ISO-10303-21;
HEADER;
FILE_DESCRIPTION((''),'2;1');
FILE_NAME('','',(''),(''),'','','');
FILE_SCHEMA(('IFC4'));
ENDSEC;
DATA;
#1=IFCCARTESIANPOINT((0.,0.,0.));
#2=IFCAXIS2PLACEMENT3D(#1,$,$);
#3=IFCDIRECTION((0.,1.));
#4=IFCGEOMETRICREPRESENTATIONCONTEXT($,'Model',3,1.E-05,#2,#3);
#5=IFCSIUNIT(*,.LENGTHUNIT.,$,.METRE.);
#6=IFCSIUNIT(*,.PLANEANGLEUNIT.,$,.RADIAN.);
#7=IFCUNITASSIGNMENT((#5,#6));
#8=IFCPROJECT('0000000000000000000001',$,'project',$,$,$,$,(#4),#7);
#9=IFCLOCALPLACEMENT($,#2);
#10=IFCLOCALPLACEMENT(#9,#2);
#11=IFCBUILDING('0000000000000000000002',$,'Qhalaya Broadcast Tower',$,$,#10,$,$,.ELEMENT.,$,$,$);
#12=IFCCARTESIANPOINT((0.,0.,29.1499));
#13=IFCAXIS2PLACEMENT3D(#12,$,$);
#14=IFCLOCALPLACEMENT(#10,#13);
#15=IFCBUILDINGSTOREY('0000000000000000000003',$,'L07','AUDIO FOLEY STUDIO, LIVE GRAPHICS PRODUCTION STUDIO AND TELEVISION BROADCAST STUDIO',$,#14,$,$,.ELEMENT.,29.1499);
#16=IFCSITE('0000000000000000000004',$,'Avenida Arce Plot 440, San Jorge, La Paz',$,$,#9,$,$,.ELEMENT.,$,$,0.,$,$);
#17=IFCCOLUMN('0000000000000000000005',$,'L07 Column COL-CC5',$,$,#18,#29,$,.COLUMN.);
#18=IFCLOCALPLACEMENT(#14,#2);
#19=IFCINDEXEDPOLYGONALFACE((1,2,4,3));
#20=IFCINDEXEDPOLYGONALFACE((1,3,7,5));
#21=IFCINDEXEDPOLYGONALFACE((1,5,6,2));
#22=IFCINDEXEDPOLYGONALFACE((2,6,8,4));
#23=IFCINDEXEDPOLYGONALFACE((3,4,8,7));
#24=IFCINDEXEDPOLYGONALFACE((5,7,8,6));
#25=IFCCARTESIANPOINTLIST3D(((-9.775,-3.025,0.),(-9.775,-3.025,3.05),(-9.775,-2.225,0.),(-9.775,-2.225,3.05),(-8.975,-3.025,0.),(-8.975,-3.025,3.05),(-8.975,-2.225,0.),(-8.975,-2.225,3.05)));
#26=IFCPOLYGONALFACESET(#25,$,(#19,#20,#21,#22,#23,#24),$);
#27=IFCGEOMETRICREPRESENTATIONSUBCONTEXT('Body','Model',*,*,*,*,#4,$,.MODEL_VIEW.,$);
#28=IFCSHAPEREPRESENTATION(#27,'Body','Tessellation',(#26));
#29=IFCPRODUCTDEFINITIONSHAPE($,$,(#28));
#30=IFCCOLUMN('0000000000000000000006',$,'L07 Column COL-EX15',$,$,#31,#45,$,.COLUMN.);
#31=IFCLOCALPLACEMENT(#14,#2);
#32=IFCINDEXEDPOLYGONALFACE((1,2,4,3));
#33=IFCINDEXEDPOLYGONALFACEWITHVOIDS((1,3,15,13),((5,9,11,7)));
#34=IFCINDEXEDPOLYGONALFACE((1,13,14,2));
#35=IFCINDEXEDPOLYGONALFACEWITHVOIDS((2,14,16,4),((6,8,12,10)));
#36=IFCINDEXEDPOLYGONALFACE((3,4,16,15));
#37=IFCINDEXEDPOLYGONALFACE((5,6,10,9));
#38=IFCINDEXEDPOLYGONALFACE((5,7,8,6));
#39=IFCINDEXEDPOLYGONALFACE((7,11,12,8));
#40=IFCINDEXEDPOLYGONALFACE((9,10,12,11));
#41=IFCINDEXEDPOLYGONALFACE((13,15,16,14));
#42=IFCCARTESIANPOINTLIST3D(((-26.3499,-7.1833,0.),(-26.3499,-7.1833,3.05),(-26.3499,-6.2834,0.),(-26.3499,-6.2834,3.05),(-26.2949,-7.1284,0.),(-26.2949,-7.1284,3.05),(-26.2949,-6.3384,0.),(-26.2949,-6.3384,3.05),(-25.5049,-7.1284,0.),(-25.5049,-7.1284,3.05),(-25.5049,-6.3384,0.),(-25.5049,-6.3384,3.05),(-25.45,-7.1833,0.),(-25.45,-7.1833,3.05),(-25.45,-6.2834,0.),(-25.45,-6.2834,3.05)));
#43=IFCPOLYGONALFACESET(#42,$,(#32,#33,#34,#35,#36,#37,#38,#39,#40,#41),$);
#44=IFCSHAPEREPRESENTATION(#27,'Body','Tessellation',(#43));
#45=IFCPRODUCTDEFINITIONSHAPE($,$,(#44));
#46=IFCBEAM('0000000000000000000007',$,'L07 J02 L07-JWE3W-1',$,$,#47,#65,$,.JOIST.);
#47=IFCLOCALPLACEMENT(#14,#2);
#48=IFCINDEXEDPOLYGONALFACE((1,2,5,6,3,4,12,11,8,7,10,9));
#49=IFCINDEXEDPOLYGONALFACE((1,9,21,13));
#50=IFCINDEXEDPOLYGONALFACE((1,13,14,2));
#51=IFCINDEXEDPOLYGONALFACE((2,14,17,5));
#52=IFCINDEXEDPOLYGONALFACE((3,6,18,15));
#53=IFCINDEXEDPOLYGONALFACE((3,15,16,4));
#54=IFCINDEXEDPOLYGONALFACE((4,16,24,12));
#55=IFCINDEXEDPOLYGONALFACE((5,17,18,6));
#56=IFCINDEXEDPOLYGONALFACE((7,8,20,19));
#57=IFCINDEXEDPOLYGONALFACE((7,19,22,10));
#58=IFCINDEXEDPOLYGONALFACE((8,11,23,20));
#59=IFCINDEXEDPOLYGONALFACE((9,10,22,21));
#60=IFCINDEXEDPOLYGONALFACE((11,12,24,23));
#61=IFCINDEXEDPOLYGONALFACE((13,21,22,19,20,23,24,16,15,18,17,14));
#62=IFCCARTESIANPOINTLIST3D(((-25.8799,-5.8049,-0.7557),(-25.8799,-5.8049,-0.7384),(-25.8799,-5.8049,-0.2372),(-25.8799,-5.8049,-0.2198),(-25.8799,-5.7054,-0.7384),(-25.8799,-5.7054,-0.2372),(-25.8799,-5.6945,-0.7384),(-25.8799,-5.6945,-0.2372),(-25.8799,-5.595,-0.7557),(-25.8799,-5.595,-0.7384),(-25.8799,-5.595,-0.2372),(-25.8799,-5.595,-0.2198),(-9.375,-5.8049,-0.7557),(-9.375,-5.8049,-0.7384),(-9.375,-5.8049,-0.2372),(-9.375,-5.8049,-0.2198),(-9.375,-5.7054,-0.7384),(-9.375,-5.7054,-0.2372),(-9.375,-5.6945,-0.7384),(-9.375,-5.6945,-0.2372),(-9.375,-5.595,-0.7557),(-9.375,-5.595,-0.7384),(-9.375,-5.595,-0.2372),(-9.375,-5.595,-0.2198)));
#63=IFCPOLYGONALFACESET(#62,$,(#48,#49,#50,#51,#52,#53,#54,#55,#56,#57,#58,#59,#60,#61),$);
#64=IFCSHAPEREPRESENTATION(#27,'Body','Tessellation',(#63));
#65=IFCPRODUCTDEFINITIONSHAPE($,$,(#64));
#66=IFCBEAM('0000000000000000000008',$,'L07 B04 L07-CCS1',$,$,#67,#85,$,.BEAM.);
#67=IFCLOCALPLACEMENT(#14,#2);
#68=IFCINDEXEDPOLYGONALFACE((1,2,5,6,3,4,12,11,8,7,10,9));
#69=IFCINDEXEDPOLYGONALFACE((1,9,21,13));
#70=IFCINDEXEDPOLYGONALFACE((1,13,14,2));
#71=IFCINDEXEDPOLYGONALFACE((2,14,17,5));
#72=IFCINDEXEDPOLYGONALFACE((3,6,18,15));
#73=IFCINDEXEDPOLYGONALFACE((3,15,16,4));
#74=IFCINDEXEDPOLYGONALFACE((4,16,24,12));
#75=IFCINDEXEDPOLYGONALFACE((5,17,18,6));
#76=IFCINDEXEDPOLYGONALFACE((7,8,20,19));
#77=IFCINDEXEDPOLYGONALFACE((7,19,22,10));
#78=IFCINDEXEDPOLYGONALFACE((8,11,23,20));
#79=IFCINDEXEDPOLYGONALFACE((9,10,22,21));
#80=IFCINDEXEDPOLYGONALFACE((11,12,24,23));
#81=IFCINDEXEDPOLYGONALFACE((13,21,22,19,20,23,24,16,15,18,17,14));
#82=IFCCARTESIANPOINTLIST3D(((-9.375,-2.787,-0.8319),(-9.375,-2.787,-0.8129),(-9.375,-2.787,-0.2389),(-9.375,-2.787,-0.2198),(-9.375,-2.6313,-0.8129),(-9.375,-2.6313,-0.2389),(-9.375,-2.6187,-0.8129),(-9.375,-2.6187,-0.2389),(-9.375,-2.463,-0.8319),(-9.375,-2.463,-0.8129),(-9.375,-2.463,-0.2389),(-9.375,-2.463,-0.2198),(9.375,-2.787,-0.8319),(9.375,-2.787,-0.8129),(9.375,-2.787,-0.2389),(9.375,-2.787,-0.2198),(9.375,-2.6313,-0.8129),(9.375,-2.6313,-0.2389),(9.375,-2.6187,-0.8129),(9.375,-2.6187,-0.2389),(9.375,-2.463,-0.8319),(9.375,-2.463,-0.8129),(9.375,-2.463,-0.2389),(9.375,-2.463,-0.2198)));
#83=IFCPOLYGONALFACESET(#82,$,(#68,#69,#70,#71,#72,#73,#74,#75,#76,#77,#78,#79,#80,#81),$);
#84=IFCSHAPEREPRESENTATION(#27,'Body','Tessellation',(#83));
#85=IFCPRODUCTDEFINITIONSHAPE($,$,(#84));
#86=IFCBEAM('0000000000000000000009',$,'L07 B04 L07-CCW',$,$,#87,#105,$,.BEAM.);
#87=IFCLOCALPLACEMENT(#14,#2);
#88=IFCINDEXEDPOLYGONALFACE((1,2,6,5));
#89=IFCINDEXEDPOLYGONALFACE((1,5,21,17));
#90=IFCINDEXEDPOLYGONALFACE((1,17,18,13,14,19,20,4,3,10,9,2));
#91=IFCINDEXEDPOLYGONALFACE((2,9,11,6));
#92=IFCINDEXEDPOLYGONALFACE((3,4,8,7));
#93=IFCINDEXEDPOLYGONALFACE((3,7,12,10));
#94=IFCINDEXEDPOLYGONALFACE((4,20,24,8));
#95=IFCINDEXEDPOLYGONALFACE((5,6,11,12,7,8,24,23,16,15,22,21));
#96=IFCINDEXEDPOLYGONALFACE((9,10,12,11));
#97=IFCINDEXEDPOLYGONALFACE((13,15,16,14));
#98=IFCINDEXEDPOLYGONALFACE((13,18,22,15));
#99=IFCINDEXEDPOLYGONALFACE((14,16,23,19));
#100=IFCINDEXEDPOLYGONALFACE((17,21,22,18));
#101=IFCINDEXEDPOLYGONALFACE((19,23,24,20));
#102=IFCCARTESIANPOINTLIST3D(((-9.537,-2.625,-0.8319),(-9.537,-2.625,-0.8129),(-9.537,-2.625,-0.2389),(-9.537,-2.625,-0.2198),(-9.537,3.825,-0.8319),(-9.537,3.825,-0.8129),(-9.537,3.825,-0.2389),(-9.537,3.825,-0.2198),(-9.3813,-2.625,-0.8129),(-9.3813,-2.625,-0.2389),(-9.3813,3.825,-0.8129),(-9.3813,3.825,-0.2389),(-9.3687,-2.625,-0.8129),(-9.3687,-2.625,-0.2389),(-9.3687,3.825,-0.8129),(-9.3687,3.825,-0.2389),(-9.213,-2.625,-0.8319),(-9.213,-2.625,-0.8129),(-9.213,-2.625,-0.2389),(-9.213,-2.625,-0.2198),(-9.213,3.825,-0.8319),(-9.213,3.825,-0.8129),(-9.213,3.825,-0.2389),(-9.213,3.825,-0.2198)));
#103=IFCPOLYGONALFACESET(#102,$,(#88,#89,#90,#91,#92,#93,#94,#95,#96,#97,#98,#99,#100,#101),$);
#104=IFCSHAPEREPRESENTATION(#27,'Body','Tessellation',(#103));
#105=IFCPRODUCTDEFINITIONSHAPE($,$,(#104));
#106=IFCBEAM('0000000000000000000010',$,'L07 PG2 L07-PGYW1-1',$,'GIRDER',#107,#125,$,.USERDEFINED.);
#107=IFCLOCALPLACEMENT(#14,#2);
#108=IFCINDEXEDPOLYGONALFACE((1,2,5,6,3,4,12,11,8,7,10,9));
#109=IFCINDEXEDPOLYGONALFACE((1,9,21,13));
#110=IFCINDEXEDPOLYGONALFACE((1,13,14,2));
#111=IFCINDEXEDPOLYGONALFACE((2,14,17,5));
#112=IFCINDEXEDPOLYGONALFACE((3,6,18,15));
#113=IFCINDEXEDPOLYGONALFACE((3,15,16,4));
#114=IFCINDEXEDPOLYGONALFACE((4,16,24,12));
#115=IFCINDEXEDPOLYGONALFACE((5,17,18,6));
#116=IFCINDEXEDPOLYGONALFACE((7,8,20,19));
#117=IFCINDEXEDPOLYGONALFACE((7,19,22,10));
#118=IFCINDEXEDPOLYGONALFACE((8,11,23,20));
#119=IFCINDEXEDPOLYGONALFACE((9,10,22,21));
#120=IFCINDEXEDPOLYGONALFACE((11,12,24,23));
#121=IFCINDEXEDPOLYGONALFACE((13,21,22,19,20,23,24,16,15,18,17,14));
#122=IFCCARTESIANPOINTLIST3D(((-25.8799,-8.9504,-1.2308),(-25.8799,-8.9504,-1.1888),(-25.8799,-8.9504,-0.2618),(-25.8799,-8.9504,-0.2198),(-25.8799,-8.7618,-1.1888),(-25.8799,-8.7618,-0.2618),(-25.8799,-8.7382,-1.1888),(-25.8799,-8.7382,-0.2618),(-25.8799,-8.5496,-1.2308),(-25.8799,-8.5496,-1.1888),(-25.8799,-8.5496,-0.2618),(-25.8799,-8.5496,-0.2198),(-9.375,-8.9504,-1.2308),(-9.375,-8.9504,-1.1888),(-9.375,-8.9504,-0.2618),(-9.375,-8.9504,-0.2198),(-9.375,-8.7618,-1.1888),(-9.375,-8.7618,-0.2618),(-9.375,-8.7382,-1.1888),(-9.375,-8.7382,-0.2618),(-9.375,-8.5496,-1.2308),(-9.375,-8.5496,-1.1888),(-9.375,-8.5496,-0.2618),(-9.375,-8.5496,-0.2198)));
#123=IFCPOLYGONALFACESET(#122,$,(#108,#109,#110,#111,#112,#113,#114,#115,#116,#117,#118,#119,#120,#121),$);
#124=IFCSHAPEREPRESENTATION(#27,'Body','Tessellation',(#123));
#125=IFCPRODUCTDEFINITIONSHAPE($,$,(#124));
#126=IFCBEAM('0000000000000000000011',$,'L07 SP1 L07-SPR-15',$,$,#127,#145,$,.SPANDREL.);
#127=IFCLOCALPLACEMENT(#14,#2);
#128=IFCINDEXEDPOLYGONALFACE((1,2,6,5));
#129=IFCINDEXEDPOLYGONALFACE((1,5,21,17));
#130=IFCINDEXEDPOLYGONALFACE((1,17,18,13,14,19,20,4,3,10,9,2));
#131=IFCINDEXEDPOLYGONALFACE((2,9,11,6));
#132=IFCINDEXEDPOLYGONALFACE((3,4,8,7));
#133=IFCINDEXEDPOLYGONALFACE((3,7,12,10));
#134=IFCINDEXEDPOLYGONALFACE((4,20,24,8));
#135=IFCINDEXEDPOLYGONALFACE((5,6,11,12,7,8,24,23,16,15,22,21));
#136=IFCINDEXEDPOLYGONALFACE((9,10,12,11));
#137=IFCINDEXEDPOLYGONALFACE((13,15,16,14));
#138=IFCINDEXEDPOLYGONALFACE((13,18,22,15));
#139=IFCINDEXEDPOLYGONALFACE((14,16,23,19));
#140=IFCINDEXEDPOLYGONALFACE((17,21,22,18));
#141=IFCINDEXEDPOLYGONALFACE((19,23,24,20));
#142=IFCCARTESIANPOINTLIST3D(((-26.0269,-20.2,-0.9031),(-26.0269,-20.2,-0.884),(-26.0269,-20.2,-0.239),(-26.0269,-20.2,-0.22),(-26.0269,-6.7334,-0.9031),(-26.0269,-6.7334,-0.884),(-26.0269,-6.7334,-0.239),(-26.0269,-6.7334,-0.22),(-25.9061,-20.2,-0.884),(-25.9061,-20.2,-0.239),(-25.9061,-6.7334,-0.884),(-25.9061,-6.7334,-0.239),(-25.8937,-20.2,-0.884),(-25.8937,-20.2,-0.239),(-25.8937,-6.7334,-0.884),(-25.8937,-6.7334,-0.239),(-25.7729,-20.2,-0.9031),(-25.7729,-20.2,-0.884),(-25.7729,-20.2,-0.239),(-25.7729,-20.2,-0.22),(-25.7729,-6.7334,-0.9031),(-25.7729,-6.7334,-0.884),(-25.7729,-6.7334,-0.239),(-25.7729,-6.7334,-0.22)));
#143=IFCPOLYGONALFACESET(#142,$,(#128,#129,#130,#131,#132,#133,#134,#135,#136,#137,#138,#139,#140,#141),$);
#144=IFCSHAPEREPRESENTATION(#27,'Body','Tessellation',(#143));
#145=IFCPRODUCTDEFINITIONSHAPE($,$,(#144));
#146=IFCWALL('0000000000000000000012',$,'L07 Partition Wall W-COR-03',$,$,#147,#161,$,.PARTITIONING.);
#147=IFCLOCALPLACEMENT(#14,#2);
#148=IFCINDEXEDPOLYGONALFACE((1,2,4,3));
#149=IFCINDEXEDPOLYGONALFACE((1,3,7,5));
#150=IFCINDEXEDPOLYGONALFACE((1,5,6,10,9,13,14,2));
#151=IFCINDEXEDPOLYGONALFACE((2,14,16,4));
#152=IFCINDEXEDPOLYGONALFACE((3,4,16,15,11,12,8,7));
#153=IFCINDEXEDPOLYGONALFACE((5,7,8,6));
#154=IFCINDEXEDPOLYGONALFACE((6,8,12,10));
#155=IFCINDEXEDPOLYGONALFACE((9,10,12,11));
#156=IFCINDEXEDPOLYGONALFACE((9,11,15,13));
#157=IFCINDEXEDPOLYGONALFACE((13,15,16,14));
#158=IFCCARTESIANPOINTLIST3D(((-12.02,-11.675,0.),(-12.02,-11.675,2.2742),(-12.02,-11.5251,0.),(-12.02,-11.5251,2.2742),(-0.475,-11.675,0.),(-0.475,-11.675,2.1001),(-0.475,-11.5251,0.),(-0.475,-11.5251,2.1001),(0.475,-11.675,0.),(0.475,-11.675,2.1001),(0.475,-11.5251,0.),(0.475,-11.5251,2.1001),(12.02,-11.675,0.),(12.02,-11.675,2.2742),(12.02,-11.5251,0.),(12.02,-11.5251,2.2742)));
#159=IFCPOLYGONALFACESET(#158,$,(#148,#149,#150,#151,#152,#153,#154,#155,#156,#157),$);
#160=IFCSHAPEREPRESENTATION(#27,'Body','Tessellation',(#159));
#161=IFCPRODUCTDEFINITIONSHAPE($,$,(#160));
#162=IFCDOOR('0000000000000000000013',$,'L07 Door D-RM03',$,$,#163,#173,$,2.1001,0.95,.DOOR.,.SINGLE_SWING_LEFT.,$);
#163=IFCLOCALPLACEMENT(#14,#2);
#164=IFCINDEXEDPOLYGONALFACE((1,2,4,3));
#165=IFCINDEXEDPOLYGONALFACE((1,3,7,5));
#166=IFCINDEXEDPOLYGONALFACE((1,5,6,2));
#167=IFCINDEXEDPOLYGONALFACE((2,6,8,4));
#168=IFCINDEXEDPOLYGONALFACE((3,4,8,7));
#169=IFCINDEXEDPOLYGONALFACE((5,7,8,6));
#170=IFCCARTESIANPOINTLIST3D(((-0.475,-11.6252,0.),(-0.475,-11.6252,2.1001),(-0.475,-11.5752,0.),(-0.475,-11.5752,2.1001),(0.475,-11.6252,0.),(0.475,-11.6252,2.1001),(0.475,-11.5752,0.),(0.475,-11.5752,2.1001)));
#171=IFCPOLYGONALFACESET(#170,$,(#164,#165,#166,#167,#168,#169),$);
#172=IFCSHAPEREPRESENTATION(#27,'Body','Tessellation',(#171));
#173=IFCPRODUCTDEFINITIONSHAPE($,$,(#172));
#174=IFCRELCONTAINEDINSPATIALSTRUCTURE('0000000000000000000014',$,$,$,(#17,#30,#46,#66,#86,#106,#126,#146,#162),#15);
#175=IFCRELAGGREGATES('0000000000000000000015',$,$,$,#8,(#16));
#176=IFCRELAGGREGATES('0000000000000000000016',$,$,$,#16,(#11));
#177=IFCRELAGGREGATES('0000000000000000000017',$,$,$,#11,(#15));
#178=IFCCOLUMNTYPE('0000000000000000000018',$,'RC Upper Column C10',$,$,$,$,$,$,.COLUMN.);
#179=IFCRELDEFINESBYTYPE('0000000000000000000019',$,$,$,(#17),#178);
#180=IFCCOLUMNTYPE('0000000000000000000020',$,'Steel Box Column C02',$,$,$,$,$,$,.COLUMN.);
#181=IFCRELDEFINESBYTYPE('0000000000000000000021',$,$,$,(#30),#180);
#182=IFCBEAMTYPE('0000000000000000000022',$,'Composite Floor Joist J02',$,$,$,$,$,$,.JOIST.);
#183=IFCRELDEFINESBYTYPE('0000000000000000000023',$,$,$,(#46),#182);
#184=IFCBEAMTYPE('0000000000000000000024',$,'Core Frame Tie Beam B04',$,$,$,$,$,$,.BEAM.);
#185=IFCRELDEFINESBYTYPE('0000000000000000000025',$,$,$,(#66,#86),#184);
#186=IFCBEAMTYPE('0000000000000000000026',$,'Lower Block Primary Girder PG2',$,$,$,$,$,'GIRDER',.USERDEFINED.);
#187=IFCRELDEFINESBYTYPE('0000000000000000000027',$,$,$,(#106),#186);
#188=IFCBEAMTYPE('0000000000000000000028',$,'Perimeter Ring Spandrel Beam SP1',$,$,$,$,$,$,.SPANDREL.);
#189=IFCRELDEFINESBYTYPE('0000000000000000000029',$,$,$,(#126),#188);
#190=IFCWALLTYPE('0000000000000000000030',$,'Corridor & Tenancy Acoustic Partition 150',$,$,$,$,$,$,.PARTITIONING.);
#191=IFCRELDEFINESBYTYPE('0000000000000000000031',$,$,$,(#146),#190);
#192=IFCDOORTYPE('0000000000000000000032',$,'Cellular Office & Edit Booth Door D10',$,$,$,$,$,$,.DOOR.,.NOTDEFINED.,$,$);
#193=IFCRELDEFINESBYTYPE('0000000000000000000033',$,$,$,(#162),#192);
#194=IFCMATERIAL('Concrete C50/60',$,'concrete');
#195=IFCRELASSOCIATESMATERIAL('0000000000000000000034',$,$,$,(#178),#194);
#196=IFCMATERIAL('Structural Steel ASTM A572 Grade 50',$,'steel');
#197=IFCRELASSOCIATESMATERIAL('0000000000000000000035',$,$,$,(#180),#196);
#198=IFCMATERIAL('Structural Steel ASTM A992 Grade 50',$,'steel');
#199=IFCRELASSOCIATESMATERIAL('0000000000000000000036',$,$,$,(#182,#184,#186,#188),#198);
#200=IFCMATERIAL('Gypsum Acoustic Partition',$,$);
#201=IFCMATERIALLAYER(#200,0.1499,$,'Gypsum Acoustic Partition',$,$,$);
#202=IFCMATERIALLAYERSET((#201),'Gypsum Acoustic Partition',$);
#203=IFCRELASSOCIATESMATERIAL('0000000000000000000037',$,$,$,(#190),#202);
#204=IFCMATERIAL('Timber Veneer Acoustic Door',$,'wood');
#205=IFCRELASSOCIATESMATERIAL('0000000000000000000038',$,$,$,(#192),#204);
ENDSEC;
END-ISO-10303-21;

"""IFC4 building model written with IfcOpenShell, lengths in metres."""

from ifc_helpers import new_model, si_unit, direction, frame, frame_2d, origin, origin_2d, place, context, subcontext, project, spatial, rectangle, hollow_rectangle, i_section, extrude, material, layer, layer_set, material_profile, profile_set, type_object, element, fill, save


model = new_model("IFC4")

# Units and contexts
model_context = context("Model", 3, precision=1e-05, world=origin(), true_north=direction((0.0, 1.0)))
body_context = subcontext(model_context, "Body", "Model", "MODEL_VIEW")
ifc_project = project(units=[si_unit("LENGTHUNIT", "METRE"), si_unit("PLANEANGLEUNIT", "RADIAN")], contexts=[model_context])

# Site, building, storey
site_placement = place(None, origin())
site = spatial("IfcSite", under=ifc_project, at=site_placement, Name="Avenida Arce Plot 440, San Jorge, La Paz", CompositionType="ELEMENT", RefElevation=0.0)
building_placement = place(site_placement, origin())
building = spatial("IfcBuilding", under=site, at=building_placement, Name="Qhalaya Broadcast Tower", CompositionType="ELEMENT")
storey_placement = place(building_placement, frame((0.0, 0.0, 29.1499)))
storey = spatial("IfcBuildingStorey", under=building, at=storey_placement, Name="L07", Description="AUDIO FOLEY STUDIO, LIVE GRAPHICS PRODUCTION STUDIO AND TELEVISION BROADCAST STUDIO", CompositionType="ELEMENT", Elevation=29.1499)

# Columns
ifc_material_1 = material(Name="Concrete C50/60", Category="concrete")
ifc_material_profile_1 = material_profile(ifc_material_1, rectangle(XDim=0.8, YDim=0.8, at=origin_2d()), Name="RC-COL 800x800")
ifc_profile_set_1 = profile_set([ifc_material_profile_1], Name="Concrete C50/60")
column_type_1 = type_object("IfcColumnType", Name="RC Upper Column C10", PredefinedType="COLUMN", material=ifc_profile_set_1)
column_1_placement = place(storey_placement, frame((-9.375, -2.625, 0.0), z_axis=(0.0, 0.0, 1.0), x_axis=(1.0, 0.0, 0.0)))
element("IfcColumn", 1, at=column_1_placement, inside=storey, type_object=column_type_1, Name="L07 Column COL-CC5", PredefinedType="COLUMN", context=body_context, shape_type="SweptSolid", body=[
    extrude(rectangle(XDim=0.8, YDim=0.8, at=origin_2d()), origin(), (0.0, 0.0, 1.0), 3.05),
])
ifc_material_2 = material(Name="Structural Steel ASTM A572 Grade 50", Category="steel")
ifc_material_profile_2 = material_profile(ifc_material_2, hollow_rectangle(XDim=0.8999, YDim=0.8999, WallThickness=0.0549, at=origin_2d()), Name="BOX 900x900x55")
ifc_profile_set_2 = profile_set([ifc_material_profile_2], Name="Structural Steel ASTM A572 Grade 50")
column_type_2 = type_object("IfcColumnType", Name="Steel Box Column C02", PredefinedType="COLUMN", material=ifc_profile_set_2)
column_2_placement = place(storey_placement, frame((-25.8999, -6.7334, 0.0), z_axis=(0.0, 0.0, 1.0), x_axis=(0.0, 1.0, 0.0)))
element("IfcColumn", 2, at=column_2_placement, inside=storey, type_object=column_type_2, Name="L07 Column COL-EX15", PredefinedType="COLUMN", context=body_context, shape_type="SweptSolid", body=[
    extrude(hollow_rectangle(XDim=0.8999, YDim=0.8999, WallThickness=0.0549, at=origin_2d()), origin(), (0.0, 0.0, 1.0), 3.05),
])

# Beams
ifc_material_3 = material(Name="Structural Steel ASTM A992 Grade 50", Category="steel")
ifc_material_profile_3 = material_profile(ifc_material_3, i_section(OverallWidth=0.21, OverallDepth=0.5359, WebThickness=0.011, FlangeThickness=0.0173, at=origin_2d()), Name="W21X68")
ifc_profile_set_3 = profile_set([ifc_material_profile_3], Name="Structural Steel ASTM A992 Grade 50")
beam_type_1 = type_object("IfcBeamType", Name="Composite Floor Joist J02", PredefinedType="JOIST", material=ifc_profile_set_3)
beam_1_placement = place(storey_placement, frame((-25.8799, -5.7, -0.4878), z_axis=(1.0, 0.0, 0.0), x_axis=(0.0, 1.0, 0.0)))
element("IfcBeam", 3, at=beam_1_placement, inside=storey, type_object=beam_type_1, Name="L07 J02 L07-JWE3W-1", PredefinedType="JOIST", context=body_context, shape_type="SweptSolid", body=[
    extrude(i_section(OverallWidth=0.21, OverallDepth=0.5359, WebThickness=0.011, FlangeThickness=0.0173, at=origin_2d()), origin(), (0.0, 0.0, 1.0), 16.5049),
])
ifc_material_profile_4 = material_profile(ifc_material_3, i_section(OverallWidth=0.324, OverallDepth=0.6121, WebThickness=0.0127, FlangeThickness=0.019, at=origin_2d()), Name="W24X104")
ifc_profile_set_4 = profile_set([ifc_material_profile_4], Name="Structural Steel ASTM A992 Grade 50")
beam_type_2 = type_object("IfcBeamType", Name="Core Frame Tie Beam B04", PredefinedType="BEAM", material=ifc_profile_set_4)
beam_2_placement = place(storey_placement, frame((-9.375, -2.625, -0.5259), z_axis=(1.0, 0.0, 0.0), x_axis=(0.0, 1.0, 0.0)))
element("IfcBeam", 4, at=beam_2_placement, inside=storey, type_object=beam_type_2, Name="L07 B04 L07-CCS1", PredefinedType="BEAM", context=body_context, shape_type="SweptSolid", body=[
    extrude(i_section(OverallWidth=0.324, OverallDepth=0.6121, WebThickness=0.0127, FlangeThickness=0.019, at=origin_2d()), origin(), (0.0, 0.0, 1.0), 18.75),
])
beam_3_placement = place(storey_placement, frame((-9.375, -2.625, -0.5259), z_axis=(0.0, 1.0, 0.0), x_axis=(-1.0, 0.0, 0.0)))
element("IfcBeam", 5, at=beam_3_placement, inside=storey, type_object=beam_type_2, Name="L07 B04 L07-CCW", PredefinedType="BEAM", context=body_context, shape_type="SweptSolid", body=[
    extrude(i_section(OverallWidth=0.324, OverallDepth=0.6121, WebThickness=0.0127, FlangeThickness=0.019, at=origin_2d()), origin(), (0.0, 0.0, 1.0), 6.45),
])
ifc_material_profile_5 = material_profile(ifc_material_3, i_section(OverallWidth=0.4009, OverallDepth=1.011, WebThickness=0.0237, FlangeThickness=0.042, at=origin_2d()), Name="W40X297")
ifc_profile_set_5 = profile_set([ifc_material_profile_5], Name="Structural Steel ASTM A992 Grade 50")
beam_type_3 = type_object("IfcBeamType", Name="Lower Block Primary Girder PG2", ElementType="GIRDER", PredefinedType="USERDEFINED", material=ifc_profile_set_5)
beam_4_placement = place(storey_placement, frame((-25.8799, -8.75, -0.7253), z_axis=(1.0, 0.0, 0.0), x_axis=(0.0, 1.0, 0.0)))
element("IfcBeam", 6, at=beam_4_placement, inside=storey, type_object=beam_type_3, Name="L07 PG2 L07-PGYW1-1", ObjectType="GIRDER", PredefinedType="USERDEFINED", context=body_context, shape_type="SweptSolid", body=[
    extrude(i_section(OverallWidth=0.4009, OverallDepth=1.011, WebThickness=0.0237, FlangeThickness=0.042, at=origin_2d()), origin(), (0.0, 0.0, 1.0), 16.5049),
])
ifc_material_profile_6 = material_profile(ifc_material_3, i_section(OverallWidth=0.2539, OverallDepth=0.6831, WebThickness=0.0125, FlangeThickness=0.019, at=origin_2d()), Name="W27X94")
ifc_profile_set_6 = profile_set([ifc_material_profile_6], Name="Structural Steel ASTM A992 Grade 50")
beam_type_4 = type_object("IfcBeamType", Name="Perimeter Ring Spandrel Beam SP1", PredefinedType="SPANDREL", material=ifc_profile_set_6)
beam_5_placement = place(storey_placement, frame((-25.8999, -6.7334, -0.5615), z_axis=(0.0, -1.0, 0.0), x_axis=(1.0, 0.0, 0.0)))
element("IfcBeam", 7, at=beam_5_placement, inside=storey, type_object=beam_type_4, Name="L07 SP1 L07-SPR-15", PredefinedType="SPANDREL", context=body_context, shape_type="SweptSolid", body=[
    extrude(i_section(OverallWidth=0.2539, OverallDepth=0.6831, WebThickness=0.0125, FlangeThickness=0.019, at=origin_2d()), origin(), (0.0, 0.0, 1.0), 13.4666),
])

# Wall, opening, door
ifc_material_4 = material(Name="Gypsum Acoustic Partition")
ifc_layer_1 = layer(ifc_material_4, 0.1499, Name="Gypsum Acoustic Partition")
ifc_layer_set_1 = layer_set([ifc_layer_1], Name="Gypsum Acoustic Partition")
wall_type_1 = type_object("IfcWallType", Name="Corridor & Tenancy Acoustic Partition 150", PredefinedType="PARTITIONING", material=ifc_layer_set_1)
wall_1_placement = place(storey_placement, frame((-12.02, -11.6001, 0.0), z_axis=(0.0, 0.0, 1.0), x_axis=(1.0, 0.0, 0.0)))
wall_1 = element("IfcWall", 8, at=wall_1_placement, inside=storey, type_object=wall_type_1, Name="L07 Partition Wall W-COR-03", PredefinedType="PARTITIONING", context=body_context, shape_type="SweptSolid", body=[
    extrude(rectangle(XDim=24.04, YDim=0.1499, at=frame_2d((12.02, 0.0))), origin(), (0.0, 0.0, 1.0), 2.2742),
])
opening_1_placement = place(wall_1_placement, frame((11.5449, 0.0, 0.0)))
opening_1 = element("IfcOpeningElement", 9, at=opening_1_placement, cuts=wall_1, PredefinedType="OPENING", context=body_context, shape_type="SweptSolid", body=[
    extrude(rectangle(XDim=0.95, YDim=2.1001, at=frame_2d((0.4751, 1.05))), frame((0.0, 0.0869, 0.0), z_axis=(0.0, -1.0, 0.0), x_axis=(1.0, 0.0, 0.0)), (0.0, 0.0, 1.0), 0.1738),
])
ifc_material_5 = material(Name="Timber Veneer Acoustic Door", Category="wood")
door_type_1 = type_object("IfcDoorType", Name="Cellular Office & Edit Booth Door D10", OperationType="NOTDEFINED", PredefinedType="DOOR", material=ifc_material_5)
door_1_placement = place(opening_1_placement, origin())
door_1 = element("IfcDoor", 10, at=door_1_placement, inside=storey, type_object=door_type_1, Name="L07 Door D-RM03", OperationType="SINGLE_SWING_LEFT", OverallHeight=2.1001, OverallWidth=0.95, PredefinedType="DOOR", context=body_context, shape_type="SweptSolid", body=[
    extrude(rectangle(XDim=0.95, YDim=2.1001, at=frame_2d((0.4751, 1.05))), frame((0.0, 0.0249, 0.0), z_axis=(0.0, -1.0, 0.0), x_axis=(1.0, 0.0, 0.0)), (0.0, 0.0, 1.0), 0.05),
])
fill(opening_1, door_1)

save(model, "model.ifc")
